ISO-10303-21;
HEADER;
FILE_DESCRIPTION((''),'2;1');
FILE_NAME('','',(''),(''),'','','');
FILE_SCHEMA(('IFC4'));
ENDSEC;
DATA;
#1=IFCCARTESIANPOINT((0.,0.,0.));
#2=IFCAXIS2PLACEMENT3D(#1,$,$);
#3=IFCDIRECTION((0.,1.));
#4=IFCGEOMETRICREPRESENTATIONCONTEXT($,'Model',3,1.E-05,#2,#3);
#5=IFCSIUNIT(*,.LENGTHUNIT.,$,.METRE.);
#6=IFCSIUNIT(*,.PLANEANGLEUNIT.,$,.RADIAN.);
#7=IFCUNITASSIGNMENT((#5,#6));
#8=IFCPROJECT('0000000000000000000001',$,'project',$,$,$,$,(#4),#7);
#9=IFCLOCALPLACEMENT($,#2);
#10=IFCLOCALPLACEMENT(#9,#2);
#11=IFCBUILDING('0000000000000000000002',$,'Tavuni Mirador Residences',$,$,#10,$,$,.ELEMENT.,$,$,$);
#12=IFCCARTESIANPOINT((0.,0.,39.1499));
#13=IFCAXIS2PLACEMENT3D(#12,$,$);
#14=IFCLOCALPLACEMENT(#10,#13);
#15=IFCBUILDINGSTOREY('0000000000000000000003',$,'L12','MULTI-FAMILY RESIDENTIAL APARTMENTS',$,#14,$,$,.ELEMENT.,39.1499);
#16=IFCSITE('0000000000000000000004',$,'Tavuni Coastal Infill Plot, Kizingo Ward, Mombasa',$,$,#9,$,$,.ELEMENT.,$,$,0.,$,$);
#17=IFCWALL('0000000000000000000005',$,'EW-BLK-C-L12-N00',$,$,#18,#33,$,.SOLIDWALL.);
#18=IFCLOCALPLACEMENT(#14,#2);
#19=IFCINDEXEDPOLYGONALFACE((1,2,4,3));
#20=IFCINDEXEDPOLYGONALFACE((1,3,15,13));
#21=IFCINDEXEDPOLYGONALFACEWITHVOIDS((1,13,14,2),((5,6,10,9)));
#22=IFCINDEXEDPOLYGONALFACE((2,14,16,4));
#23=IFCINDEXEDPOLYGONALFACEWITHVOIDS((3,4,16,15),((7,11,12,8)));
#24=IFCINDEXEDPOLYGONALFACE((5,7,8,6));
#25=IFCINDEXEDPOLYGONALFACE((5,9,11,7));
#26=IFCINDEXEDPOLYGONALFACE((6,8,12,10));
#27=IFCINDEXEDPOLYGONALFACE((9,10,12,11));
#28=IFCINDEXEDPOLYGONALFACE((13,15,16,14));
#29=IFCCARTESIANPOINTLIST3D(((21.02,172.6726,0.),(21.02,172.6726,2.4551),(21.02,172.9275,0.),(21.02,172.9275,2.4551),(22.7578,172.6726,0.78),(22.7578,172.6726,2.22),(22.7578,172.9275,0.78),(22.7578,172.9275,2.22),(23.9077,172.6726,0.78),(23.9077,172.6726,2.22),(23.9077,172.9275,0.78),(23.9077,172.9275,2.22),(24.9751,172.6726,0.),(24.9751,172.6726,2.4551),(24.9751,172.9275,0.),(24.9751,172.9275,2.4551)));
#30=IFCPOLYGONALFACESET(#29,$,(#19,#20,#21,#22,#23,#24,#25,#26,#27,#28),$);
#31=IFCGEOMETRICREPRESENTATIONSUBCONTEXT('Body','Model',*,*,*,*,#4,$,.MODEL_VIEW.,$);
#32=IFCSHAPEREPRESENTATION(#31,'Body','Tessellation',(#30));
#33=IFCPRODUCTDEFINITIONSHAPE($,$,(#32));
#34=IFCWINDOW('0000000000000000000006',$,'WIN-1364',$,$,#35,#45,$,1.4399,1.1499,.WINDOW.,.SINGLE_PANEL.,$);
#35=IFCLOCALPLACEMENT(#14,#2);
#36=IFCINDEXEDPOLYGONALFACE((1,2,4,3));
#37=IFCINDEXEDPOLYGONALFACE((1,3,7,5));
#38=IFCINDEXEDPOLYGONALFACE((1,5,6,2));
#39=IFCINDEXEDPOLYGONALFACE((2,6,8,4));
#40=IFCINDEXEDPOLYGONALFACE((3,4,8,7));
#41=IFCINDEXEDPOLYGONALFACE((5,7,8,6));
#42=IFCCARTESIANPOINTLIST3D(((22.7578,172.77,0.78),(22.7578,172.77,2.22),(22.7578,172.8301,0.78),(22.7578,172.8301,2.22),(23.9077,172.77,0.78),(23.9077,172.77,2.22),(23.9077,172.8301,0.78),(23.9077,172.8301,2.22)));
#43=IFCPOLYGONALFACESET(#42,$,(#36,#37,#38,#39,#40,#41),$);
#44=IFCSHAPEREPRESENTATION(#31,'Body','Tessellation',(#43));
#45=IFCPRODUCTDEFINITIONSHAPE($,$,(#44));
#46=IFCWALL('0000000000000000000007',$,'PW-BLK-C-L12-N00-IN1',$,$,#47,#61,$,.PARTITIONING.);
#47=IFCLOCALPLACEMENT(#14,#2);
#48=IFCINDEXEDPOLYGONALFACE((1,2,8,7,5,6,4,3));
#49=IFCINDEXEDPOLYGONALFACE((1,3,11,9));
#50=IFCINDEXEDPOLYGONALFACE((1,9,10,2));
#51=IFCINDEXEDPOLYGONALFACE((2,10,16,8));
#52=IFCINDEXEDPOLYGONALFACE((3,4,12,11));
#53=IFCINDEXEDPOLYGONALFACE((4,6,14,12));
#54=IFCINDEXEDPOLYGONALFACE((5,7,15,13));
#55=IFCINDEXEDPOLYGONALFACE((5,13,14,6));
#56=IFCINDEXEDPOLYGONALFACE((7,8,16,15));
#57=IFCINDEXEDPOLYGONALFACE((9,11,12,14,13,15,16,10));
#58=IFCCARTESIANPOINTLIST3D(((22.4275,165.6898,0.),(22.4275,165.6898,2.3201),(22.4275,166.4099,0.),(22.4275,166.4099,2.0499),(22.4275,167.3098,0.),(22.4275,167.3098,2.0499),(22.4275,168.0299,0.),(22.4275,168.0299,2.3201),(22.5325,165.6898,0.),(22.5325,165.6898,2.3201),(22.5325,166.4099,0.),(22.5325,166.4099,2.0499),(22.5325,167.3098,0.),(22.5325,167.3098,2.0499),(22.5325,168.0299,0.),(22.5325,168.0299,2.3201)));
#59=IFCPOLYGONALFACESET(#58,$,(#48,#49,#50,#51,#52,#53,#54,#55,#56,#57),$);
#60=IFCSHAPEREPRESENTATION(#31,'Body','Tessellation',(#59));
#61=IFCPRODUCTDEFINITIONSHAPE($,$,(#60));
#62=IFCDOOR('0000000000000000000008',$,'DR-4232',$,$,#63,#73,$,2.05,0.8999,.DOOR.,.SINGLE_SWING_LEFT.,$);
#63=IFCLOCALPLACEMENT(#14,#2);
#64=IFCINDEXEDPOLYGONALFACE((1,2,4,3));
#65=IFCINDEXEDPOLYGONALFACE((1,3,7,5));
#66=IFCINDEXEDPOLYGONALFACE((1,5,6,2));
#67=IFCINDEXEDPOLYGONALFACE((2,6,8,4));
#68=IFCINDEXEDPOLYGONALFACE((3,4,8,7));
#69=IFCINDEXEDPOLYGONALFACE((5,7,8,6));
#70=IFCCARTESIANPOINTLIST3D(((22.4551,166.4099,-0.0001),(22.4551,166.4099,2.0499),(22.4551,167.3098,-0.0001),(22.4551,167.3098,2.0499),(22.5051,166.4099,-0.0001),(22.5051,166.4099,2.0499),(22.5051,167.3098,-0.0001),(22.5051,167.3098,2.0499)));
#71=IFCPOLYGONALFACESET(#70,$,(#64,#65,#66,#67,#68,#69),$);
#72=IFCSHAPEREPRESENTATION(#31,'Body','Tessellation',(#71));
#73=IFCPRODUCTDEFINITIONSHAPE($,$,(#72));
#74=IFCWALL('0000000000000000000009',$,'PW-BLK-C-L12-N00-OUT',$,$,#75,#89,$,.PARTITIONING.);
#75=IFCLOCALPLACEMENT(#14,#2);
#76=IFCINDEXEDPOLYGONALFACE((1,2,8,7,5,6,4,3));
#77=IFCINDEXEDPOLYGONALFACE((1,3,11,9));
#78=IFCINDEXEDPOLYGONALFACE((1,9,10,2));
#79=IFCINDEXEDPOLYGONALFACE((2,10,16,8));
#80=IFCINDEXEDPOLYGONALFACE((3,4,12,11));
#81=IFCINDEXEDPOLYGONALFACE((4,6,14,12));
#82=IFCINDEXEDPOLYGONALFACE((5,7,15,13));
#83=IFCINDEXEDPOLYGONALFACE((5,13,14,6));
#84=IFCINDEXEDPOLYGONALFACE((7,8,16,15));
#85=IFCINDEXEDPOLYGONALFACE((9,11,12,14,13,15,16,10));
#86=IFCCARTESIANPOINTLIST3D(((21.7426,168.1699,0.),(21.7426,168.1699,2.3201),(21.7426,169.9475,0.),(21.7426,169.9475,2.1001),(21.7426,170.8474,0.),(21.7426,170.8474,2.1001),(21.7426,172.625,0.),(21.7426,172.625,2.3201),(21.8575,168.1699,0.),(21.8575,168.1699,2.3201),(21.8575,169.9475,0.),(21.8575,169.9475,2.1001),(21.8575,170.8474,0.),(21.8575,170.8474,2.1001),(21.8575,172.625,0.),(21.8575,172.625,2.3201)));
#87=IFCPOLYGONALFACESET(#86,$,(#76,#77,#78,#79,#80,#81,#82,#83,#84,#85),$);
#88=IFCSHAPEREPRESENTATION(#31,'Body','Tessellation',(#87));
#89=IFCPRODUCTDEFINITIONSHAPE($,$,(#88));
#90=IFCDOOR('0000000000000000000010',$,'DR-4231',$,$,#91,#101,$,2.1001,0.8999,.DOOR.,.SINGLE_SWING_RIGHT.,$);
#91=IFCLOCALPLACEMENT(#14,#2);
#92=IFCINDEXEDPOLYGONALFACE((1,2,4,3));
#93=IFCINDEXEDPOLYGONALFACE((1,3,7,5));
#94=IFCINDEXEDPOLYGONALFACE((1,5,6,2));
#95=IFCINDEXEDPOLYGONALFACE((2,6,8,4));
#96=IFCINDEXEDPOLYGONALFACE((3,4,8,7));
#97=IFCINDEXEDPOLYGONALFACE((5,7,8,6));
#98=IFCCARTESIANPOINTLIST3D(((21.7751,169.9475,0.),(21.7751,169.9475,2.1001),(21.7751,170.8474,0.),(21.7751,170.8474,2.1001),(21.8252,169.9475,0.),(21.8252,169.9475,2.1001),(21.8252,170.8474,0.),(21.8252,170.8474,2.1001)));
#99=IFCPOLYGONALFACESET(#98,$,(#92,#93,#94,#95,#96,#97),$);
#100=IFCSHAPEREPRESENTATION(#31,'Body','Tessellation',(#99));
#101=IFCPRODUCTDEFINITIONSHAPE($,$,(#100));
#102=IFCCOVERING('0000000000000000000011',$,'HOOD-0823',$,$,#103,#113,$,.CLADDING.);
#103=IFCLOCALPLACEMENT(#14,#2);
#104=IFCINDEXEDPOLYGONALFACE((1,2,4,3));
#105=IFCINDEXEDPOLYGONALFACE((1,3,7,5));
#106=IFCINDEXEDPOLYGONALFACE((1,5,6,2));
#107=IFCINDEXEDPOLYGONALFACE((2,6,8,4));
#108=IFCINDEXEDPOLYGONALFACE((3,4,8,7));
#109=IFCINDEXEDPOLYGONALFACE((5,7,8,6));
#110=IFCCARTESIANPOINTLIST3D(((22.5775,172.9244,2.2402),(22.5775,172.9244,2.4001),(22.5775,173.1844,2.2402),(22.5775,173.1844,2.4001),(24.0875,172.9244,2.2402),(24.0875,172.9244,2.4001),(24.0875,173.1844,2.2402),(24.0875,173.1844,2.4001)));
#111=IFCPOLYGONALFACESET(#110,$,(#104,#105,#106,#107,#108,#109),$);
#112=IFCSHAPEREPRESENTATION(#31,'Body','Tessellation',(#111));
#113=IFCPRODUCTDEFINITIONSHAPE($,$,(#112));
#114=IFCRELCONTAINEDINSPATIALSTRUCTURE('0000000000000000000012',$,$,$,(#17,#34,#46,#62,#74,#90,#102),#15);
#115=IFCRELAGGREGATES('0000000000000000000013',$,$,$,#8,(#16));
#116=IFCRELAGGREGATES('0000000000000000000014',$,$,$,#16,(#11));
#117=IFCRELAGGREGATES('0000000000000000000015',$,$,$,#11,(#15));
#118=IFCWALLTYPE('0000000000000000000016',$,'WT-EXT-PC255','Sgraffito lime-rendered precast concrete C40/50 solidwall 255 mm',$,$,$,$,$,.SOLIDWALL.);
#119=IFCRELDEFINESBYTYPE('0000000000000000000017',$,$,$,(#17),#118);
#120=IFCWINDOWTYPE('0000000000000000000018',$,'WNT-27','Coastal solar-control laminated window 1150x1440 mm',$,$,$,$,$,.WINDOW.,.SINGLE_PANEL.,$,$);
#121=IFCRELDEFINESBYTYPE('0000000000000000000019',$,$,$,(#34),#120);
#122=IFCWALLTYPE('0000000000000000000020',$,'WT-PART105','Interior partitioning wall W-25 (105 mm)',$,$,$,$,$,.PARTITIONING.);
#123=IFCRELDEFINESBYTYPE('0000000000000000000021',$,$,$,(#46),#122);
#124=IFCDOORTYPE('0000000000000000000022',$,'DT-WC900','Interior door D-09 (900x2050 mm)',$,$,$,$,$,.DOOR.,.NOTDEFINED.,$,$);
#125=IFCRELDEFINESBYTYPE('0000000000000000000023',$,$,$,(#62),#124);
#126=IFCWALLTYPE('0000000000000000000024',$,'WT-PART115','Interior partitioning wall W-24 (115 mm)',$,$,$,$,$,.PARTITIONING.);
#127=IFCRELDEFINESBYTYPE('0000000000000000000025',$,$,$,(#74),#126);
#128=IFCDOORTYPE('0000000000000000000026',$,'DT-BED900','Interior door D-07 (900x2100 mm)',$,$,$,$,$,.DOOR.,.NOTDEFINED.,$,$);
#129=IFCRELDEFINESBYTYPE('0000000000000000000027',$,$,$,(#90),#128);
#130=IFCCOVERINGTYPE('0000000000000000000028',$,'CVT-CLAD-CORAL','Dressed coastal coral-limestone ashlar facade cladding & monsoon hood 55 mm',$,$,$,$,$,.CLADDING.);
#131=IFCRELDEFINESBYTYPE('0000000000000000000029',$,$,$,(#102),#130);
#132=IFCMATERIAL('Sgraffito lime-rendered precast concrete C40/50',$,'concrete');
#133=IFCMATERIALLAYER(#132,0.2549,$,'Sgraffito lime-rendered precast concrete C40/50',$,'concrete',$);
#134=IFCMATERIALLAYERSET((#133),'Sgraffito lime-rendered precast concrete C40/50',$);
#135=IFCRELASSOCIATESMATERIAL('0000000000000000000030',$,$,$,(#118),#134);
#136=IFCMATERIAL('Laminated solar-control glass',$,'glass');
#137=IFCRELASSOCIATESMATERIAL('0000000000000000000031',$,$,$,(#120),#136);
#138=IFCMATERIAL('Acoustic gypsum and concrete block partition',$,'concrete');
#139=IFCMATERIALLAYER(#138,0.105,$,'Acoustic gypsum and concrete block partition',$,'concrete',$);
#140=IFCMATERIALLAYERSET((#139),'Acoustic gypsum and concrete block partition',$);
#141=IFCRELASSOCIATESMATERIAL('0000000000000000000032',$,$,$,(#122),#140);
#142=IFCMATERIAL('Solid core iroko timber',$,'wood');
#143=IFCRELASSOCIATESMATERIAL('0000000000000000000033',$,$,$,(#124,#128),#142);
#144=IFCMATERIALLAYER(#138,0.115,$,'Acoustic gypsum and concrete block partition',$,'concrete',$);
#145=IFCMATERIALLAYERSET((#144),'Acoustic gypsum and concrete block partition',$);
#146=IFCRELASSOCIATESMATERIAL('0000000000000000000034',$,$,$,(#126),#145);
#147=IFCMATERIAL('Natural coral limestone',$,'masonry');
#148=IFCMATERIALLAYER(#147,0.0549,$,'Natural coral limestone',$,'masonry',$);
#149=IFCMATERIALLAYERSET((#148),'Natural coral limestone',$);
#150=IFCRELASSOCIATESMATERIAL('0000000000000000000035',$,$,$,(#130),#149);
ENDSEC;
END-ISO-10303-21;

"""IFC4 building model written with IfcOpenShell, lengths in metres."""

from ifc_helpers import new_model, si_unit, direction, frame, frame_2d, origin, origin_2d, place, context, subcontext, project, spatial, rectangle, extrude, material, layer, layer_set, type_object, element, fill, save


model = new_model("IFC4")

# Units and contexts
model_context = context("Model", 3, precision=1e-05, world=origin(), true_north=direction((0.0, 1.0)))
body_context = subcontext(model_context, "Body", "Model", "MODEL_VIEW")
ifc_project = project(units=[si_unit("LENGTHUNIT", "METRE"), si_unit("PLANEANGLEUNIT", "RADIAN")], contexts=[model_context])

# Site, building, storey
site_placement = place(None, origin())
site = spatial("IfcSite", under=ifc_project, at=site_placement, Name="Tavuni Coastal Infill Plot, Kizingo Ward, Mombasa", CompositionType="ELEMENT", RefElevation=0.0)
building_placement = place(site_placement, origin())
building = spatial("IfcBuilding", under=site, at=building_placement, Name="Tavuni Mirador Residences", CompositionType="ELEMENT")
storey_placement = place(building_placement, frame((0.0, 0.0, 39.1499)))
storey = spatial("IfcBuildingStorey", under=building, at=storey_placement, Name="L12", Description="MULTI-FAMILY RESIDENTIAL APARTMENTS", CompositionType="ELEMENT", Elevation=39.1499)

# Shared definitions
ifc_material_1 = material(Name="Laminated solar-control glass", Category="glass")

# Wall, opening, window
ifc_material_2 = material(Name="Sgraffito lime-rendered precast concrete C40/50", Category="concrete")
ifc_layer_1 = layer(ifc_material_2, 0.2549, Name="Sgraffito lime-rendered precast concrete C40/50", Category="concrete")
ifc_layer_set_1 = layer_set([ifc_layer_1], Name="Sgraffito lime-rendered precast concrete C40/50")
wall_type_1 = type_object("IfcWallType", Name="WT-EXT-PC255", Description="Sgraffito lime-rendered precast concrete C40/50 solidwall 255 mm", PredefinedType="SOLIDWALL", material=ifc_layer_set_1)
wall_1_placement = place(storey_placement, frame((24.9751, 172.8, 0.0), z_axis=(0.0, 0.0, 1.0), x_axis=(-1.0, 0.0, 0.0)))
wall_1 = element("IfcWall", 1, at=wall_1_placement, inside=storey, type_object=wall_type_1, Name="EW-BLK-C-L12-N00", PredefinedType="SOLIDWALL", context=body_context, shape_type="SweptSolid", body=[
    extrude(rectangle(XDim=3.9551, YDim=0.2549, at=frame_2d((1.9775, 0.0))), origin(), (0.0, 0.0, 1.0), 2.4551),
])
opening_1_placement = place(wall_1_placement, frame((1.0674, 0.0, 0.78)))
opening_1 = element("IfcOpeningElement", 2, at=opening_1_placement, cuts=wall_1, PredefinedType="OPENING", context=body_context, shape_type="SweptSolid", body=[
    extrude(rectangle(XDim=1.1499, YDim=1.4399, at=frame_2d((0.575, 0.72))), frame((0.0, 0.1375, 0.0), z_axis=(0.0, -1.0, 0.0), x_axis=(1.0, 0.0, 0.0)), (0.0, 0.0, 1.0), 0.2749),
])
window_type = type_object("IfcWindowType", Name="WNT-27", Description="Coastal solar-control laminated window 1150x1440 mm", PartitioningType="SINGLE_PANEL", PredefinedType="WINDOW", material=ifc_material_1)
window_placement = place(opening_1_placement, origin())
window = element("IfcWindow", 3, at=window_placement, inside=storey, type_object=window_type, Name="WIN-1364", OverallHeight=1.4399, OverallWidth=1.1499, PartitioningType="SINGLE_PANEL", PredefinedType="WINDOW", context=body_context, shape_type="SweptSolid", body=[
    extrude(rectangle(XDim=1.1499, YDim=1.4399, at=frame_2d((0.575, 0.72))), frame((0.0, 0.03, 0.0), z_axis=(0.0, -1.0, 0.0), x_axis=(1.0, 0.0, 0.0)), (0.0, 0.0, 1.0), 0.0601),
])
fill(opening_1, window)

# Walls, openings, doors
ifc_material_3 = material(Name="Acoustic gypsum and concrete block partition", Category="concrete")
ifc_layer_2 = layer(ifc_material_3, 0.105, Name="Acoustic gypsum and concrete block partition", Category="concrete")
ifc_layer_set_2 = layer_set([ifc_layer_2], Name="Acoustic gypsum and concrete block partition")
wall_type_2 = type_object("IfcWallType", Name="WT-PART105", Description="Interior partitioning wall W-25 (105 mm)", PredefinedType="PARTITIONING", material=ifc_layer_set_2)
wall_2_placement = place(storey_placement, frame((22.48, 165.6899, 0.0), z_axis=(0.0, 0.0, 1.0), x_axis=(0.0, 1.0, 0.0)))
wall_2 = element("IfcWall", 4, at=wall_2_placement, inside=storey, type_object=wall_type_2, Name="PW-BLK-C-L12-N00-IN1", PredefinedType="PARTITIONING", context=body_context, shape_type="SweptSolid", body=[
    extrude(rectangle(XDim=2.3401, YDim=0.105, at=frame_2d((1.1699, 0.0))), origin(), (0.0, 0.0, 1.0), 2.3201),
])
opening_2_placement = place(wall_2_placement, frame((0.72, 0.0, 0.0)))
opening_2 = element("IfcOpeningElement", 5, at=opening_2_placement, cuts=wall_2, PredefinedType="OPENING", context=body_context, shape_type="SweptSolid", body=[
    extrude(rectangle(XDim=0.8999, YDim=2.05, at=frame_2d((0.45, 1.0249))), frame((0.0, 0.0625, 0.0), z_axis=(0.0, -1.0, 0.0), x_axis=(1.0, 0.0, 0.0)), (0.0, 0.0, 1.0), 0.125),
])
ifc_material_4 = material(Name="Solid core iroko timber", Category="wood")
door_type_1 = type_object("IfcDoorType", Name="DT-WC900", Description="Interior door D-09 (900x2050 mm)", OperationType="NOTDEFINED", PredefinedType="DOOR", material=ifc_material_4)
door_1_placement = place(opening_2_placement, origin())
door_1 = element("IfcDoor", 6, at=door_1_placement, inside=storey, type_object=door_type_1, Name="DR-4232", OperationType="SINGLE_SWING_LEFT", OverallHeight=2.05, OverallWidth=0.8999, PredefinedType="DOOR", context=body_context, shape_type="SweptSolid", body=[
    extrude(rectangle(XDim=0.8999, YDim=2.05, at=frame_2d((0.45, 1.0249))), frame((0.0, 0.0249, 0.0), z_axis=(0.0, -1.0, 0.0), x_axis=(1.0, 0.0, 0.0)), (0.0, 0.0, 1.0), 0.05),
])
fill(opening_2, door_1)
ifc_layer_3 = layer(ifc_material_3, 0.115, Name="Acoustic gypsum and concrete block partition", Category="concrete")
ifc_layer_set_3 = layer_set([ifc_layer_3], Name="Acoustic gypsum and concrete block partition")
wall_type_3 = type_object("IfcWallType", Name="WT-PART115", Description="Interior partitioning wall W-24 (115 mm)", PredefinedType="PARTITIONING", material=ifc_layer_set_3)
wall_3_placement = place(storey_placement, frame((21.8, 168.1699, 0.0), z_axis=(0.0, 0.0, 1.0), x_axis=(0.0, 1.0, 0.0)))
wall_3 = element("IfcWall", 7, at=wall_3_placement, inside=storey, type_object=wall_type_3, Name="PW-BLK-C-L12-N00-OUT", PredefinedType="PARTITIONING", context=body_context, shape_type="SweptSolid", body=[
    extrude(rectangle(XDim=4.4551, YDim=0.115, at=frame_2d((2.2275, 0.0))), origin(), (0.0, 0.0, 1.0), 2.3201),
])
opening_3_placement = place(wall_3_placement, frame((1.7776, 0.0, 0.0)))
opening_3 = element("IfcOpeningElement", 8, at=opening_3_placement, cuts=wall_3, PredefinedType="OPENING", context=body_context, shape_type="SweptSolid", body=[
    extrude(rectangle(XDim=0.8999, YDim=2.1001, at=frame_2d((0.45, 1.05))), frame((0.0, 0.0674, 0.0), z_axis=(0.0, -1.0, 0.0), x_axis=(1.0, 0.0, 0.0)), (0.0, 0.0, 1.0), 0.135),
])
door_type_2 = type_object("IfcDoorType", Name="DT-BED900", Description="Interior door D-07 (900x2100 mm)", OperationType="NOTDEFINED", PredefinedType="DOOR", material=ifc_material_4)
door_2_placement = place(opening_3_placement, origin())
door_2 = element("IfcDoor", 9, at=door_2_placement, inside=storey, type_object=door_type_2, Name="DR-4231", OperationType="SINGLE_SWING_RIGHT", OverallHeight=2.1001, OverallWidth=0.8999, PredefinedType="DOOR", context=body_context, shape_type="SweptSolid", body=[
    extrude(rectangle(XDim=0.8999, YDim=2.1001, at=frame_2d((0.45, 1.05))), frame((0.0, 0.0249, 0.0), z_axis=(0.0, -1.0, 0.0), x_axis=(1.0, 0.0, 0.0)), (0.0, 0.0, 1.0), 0.05),
])
fill(opening_3, door_2)

# Covering
ifc_material_5 = material(Name="Natural coral limestone", Category="masonry")
ifc_layer_4 = layer(ifc_material_5, 0.0549, Name="Natural coral limestone", Category="masonry")
ifc_layer_set_4 = layer_set([ifc_layer_4], Name="Natural coral limestone")
covering_type = type_object("IfcCoveringType", Name="CVT-CLAD-CORAL", Description="Dressed coastal coral-limestone ashlar facade cladding & monsoon hood 55 mm", PredefinedType="CLADDING", material=ifc_layer_set_4)
covering_placement = place(storey_placement, frame((23.3325, 173.0544, 2.2402), z_axis=(0.0, 0.0, 1.0), x_axis=(-1.0, 0.0, 0.0)))
element("IfcCovering", 10, at=covering_placement, inside=storey, type_object=covering_type, Name="HOOD-0823", PredefinedType="CLADDING", context=body_context, shape_type="SweptSolid", body=[
    extrude(rectangle(XDim=1.51, YDim=0.26, at=origin_2d()), origin(), (0.0, 0.0, 1.0), 0.1599),
])

save(model, "model.ifc")
